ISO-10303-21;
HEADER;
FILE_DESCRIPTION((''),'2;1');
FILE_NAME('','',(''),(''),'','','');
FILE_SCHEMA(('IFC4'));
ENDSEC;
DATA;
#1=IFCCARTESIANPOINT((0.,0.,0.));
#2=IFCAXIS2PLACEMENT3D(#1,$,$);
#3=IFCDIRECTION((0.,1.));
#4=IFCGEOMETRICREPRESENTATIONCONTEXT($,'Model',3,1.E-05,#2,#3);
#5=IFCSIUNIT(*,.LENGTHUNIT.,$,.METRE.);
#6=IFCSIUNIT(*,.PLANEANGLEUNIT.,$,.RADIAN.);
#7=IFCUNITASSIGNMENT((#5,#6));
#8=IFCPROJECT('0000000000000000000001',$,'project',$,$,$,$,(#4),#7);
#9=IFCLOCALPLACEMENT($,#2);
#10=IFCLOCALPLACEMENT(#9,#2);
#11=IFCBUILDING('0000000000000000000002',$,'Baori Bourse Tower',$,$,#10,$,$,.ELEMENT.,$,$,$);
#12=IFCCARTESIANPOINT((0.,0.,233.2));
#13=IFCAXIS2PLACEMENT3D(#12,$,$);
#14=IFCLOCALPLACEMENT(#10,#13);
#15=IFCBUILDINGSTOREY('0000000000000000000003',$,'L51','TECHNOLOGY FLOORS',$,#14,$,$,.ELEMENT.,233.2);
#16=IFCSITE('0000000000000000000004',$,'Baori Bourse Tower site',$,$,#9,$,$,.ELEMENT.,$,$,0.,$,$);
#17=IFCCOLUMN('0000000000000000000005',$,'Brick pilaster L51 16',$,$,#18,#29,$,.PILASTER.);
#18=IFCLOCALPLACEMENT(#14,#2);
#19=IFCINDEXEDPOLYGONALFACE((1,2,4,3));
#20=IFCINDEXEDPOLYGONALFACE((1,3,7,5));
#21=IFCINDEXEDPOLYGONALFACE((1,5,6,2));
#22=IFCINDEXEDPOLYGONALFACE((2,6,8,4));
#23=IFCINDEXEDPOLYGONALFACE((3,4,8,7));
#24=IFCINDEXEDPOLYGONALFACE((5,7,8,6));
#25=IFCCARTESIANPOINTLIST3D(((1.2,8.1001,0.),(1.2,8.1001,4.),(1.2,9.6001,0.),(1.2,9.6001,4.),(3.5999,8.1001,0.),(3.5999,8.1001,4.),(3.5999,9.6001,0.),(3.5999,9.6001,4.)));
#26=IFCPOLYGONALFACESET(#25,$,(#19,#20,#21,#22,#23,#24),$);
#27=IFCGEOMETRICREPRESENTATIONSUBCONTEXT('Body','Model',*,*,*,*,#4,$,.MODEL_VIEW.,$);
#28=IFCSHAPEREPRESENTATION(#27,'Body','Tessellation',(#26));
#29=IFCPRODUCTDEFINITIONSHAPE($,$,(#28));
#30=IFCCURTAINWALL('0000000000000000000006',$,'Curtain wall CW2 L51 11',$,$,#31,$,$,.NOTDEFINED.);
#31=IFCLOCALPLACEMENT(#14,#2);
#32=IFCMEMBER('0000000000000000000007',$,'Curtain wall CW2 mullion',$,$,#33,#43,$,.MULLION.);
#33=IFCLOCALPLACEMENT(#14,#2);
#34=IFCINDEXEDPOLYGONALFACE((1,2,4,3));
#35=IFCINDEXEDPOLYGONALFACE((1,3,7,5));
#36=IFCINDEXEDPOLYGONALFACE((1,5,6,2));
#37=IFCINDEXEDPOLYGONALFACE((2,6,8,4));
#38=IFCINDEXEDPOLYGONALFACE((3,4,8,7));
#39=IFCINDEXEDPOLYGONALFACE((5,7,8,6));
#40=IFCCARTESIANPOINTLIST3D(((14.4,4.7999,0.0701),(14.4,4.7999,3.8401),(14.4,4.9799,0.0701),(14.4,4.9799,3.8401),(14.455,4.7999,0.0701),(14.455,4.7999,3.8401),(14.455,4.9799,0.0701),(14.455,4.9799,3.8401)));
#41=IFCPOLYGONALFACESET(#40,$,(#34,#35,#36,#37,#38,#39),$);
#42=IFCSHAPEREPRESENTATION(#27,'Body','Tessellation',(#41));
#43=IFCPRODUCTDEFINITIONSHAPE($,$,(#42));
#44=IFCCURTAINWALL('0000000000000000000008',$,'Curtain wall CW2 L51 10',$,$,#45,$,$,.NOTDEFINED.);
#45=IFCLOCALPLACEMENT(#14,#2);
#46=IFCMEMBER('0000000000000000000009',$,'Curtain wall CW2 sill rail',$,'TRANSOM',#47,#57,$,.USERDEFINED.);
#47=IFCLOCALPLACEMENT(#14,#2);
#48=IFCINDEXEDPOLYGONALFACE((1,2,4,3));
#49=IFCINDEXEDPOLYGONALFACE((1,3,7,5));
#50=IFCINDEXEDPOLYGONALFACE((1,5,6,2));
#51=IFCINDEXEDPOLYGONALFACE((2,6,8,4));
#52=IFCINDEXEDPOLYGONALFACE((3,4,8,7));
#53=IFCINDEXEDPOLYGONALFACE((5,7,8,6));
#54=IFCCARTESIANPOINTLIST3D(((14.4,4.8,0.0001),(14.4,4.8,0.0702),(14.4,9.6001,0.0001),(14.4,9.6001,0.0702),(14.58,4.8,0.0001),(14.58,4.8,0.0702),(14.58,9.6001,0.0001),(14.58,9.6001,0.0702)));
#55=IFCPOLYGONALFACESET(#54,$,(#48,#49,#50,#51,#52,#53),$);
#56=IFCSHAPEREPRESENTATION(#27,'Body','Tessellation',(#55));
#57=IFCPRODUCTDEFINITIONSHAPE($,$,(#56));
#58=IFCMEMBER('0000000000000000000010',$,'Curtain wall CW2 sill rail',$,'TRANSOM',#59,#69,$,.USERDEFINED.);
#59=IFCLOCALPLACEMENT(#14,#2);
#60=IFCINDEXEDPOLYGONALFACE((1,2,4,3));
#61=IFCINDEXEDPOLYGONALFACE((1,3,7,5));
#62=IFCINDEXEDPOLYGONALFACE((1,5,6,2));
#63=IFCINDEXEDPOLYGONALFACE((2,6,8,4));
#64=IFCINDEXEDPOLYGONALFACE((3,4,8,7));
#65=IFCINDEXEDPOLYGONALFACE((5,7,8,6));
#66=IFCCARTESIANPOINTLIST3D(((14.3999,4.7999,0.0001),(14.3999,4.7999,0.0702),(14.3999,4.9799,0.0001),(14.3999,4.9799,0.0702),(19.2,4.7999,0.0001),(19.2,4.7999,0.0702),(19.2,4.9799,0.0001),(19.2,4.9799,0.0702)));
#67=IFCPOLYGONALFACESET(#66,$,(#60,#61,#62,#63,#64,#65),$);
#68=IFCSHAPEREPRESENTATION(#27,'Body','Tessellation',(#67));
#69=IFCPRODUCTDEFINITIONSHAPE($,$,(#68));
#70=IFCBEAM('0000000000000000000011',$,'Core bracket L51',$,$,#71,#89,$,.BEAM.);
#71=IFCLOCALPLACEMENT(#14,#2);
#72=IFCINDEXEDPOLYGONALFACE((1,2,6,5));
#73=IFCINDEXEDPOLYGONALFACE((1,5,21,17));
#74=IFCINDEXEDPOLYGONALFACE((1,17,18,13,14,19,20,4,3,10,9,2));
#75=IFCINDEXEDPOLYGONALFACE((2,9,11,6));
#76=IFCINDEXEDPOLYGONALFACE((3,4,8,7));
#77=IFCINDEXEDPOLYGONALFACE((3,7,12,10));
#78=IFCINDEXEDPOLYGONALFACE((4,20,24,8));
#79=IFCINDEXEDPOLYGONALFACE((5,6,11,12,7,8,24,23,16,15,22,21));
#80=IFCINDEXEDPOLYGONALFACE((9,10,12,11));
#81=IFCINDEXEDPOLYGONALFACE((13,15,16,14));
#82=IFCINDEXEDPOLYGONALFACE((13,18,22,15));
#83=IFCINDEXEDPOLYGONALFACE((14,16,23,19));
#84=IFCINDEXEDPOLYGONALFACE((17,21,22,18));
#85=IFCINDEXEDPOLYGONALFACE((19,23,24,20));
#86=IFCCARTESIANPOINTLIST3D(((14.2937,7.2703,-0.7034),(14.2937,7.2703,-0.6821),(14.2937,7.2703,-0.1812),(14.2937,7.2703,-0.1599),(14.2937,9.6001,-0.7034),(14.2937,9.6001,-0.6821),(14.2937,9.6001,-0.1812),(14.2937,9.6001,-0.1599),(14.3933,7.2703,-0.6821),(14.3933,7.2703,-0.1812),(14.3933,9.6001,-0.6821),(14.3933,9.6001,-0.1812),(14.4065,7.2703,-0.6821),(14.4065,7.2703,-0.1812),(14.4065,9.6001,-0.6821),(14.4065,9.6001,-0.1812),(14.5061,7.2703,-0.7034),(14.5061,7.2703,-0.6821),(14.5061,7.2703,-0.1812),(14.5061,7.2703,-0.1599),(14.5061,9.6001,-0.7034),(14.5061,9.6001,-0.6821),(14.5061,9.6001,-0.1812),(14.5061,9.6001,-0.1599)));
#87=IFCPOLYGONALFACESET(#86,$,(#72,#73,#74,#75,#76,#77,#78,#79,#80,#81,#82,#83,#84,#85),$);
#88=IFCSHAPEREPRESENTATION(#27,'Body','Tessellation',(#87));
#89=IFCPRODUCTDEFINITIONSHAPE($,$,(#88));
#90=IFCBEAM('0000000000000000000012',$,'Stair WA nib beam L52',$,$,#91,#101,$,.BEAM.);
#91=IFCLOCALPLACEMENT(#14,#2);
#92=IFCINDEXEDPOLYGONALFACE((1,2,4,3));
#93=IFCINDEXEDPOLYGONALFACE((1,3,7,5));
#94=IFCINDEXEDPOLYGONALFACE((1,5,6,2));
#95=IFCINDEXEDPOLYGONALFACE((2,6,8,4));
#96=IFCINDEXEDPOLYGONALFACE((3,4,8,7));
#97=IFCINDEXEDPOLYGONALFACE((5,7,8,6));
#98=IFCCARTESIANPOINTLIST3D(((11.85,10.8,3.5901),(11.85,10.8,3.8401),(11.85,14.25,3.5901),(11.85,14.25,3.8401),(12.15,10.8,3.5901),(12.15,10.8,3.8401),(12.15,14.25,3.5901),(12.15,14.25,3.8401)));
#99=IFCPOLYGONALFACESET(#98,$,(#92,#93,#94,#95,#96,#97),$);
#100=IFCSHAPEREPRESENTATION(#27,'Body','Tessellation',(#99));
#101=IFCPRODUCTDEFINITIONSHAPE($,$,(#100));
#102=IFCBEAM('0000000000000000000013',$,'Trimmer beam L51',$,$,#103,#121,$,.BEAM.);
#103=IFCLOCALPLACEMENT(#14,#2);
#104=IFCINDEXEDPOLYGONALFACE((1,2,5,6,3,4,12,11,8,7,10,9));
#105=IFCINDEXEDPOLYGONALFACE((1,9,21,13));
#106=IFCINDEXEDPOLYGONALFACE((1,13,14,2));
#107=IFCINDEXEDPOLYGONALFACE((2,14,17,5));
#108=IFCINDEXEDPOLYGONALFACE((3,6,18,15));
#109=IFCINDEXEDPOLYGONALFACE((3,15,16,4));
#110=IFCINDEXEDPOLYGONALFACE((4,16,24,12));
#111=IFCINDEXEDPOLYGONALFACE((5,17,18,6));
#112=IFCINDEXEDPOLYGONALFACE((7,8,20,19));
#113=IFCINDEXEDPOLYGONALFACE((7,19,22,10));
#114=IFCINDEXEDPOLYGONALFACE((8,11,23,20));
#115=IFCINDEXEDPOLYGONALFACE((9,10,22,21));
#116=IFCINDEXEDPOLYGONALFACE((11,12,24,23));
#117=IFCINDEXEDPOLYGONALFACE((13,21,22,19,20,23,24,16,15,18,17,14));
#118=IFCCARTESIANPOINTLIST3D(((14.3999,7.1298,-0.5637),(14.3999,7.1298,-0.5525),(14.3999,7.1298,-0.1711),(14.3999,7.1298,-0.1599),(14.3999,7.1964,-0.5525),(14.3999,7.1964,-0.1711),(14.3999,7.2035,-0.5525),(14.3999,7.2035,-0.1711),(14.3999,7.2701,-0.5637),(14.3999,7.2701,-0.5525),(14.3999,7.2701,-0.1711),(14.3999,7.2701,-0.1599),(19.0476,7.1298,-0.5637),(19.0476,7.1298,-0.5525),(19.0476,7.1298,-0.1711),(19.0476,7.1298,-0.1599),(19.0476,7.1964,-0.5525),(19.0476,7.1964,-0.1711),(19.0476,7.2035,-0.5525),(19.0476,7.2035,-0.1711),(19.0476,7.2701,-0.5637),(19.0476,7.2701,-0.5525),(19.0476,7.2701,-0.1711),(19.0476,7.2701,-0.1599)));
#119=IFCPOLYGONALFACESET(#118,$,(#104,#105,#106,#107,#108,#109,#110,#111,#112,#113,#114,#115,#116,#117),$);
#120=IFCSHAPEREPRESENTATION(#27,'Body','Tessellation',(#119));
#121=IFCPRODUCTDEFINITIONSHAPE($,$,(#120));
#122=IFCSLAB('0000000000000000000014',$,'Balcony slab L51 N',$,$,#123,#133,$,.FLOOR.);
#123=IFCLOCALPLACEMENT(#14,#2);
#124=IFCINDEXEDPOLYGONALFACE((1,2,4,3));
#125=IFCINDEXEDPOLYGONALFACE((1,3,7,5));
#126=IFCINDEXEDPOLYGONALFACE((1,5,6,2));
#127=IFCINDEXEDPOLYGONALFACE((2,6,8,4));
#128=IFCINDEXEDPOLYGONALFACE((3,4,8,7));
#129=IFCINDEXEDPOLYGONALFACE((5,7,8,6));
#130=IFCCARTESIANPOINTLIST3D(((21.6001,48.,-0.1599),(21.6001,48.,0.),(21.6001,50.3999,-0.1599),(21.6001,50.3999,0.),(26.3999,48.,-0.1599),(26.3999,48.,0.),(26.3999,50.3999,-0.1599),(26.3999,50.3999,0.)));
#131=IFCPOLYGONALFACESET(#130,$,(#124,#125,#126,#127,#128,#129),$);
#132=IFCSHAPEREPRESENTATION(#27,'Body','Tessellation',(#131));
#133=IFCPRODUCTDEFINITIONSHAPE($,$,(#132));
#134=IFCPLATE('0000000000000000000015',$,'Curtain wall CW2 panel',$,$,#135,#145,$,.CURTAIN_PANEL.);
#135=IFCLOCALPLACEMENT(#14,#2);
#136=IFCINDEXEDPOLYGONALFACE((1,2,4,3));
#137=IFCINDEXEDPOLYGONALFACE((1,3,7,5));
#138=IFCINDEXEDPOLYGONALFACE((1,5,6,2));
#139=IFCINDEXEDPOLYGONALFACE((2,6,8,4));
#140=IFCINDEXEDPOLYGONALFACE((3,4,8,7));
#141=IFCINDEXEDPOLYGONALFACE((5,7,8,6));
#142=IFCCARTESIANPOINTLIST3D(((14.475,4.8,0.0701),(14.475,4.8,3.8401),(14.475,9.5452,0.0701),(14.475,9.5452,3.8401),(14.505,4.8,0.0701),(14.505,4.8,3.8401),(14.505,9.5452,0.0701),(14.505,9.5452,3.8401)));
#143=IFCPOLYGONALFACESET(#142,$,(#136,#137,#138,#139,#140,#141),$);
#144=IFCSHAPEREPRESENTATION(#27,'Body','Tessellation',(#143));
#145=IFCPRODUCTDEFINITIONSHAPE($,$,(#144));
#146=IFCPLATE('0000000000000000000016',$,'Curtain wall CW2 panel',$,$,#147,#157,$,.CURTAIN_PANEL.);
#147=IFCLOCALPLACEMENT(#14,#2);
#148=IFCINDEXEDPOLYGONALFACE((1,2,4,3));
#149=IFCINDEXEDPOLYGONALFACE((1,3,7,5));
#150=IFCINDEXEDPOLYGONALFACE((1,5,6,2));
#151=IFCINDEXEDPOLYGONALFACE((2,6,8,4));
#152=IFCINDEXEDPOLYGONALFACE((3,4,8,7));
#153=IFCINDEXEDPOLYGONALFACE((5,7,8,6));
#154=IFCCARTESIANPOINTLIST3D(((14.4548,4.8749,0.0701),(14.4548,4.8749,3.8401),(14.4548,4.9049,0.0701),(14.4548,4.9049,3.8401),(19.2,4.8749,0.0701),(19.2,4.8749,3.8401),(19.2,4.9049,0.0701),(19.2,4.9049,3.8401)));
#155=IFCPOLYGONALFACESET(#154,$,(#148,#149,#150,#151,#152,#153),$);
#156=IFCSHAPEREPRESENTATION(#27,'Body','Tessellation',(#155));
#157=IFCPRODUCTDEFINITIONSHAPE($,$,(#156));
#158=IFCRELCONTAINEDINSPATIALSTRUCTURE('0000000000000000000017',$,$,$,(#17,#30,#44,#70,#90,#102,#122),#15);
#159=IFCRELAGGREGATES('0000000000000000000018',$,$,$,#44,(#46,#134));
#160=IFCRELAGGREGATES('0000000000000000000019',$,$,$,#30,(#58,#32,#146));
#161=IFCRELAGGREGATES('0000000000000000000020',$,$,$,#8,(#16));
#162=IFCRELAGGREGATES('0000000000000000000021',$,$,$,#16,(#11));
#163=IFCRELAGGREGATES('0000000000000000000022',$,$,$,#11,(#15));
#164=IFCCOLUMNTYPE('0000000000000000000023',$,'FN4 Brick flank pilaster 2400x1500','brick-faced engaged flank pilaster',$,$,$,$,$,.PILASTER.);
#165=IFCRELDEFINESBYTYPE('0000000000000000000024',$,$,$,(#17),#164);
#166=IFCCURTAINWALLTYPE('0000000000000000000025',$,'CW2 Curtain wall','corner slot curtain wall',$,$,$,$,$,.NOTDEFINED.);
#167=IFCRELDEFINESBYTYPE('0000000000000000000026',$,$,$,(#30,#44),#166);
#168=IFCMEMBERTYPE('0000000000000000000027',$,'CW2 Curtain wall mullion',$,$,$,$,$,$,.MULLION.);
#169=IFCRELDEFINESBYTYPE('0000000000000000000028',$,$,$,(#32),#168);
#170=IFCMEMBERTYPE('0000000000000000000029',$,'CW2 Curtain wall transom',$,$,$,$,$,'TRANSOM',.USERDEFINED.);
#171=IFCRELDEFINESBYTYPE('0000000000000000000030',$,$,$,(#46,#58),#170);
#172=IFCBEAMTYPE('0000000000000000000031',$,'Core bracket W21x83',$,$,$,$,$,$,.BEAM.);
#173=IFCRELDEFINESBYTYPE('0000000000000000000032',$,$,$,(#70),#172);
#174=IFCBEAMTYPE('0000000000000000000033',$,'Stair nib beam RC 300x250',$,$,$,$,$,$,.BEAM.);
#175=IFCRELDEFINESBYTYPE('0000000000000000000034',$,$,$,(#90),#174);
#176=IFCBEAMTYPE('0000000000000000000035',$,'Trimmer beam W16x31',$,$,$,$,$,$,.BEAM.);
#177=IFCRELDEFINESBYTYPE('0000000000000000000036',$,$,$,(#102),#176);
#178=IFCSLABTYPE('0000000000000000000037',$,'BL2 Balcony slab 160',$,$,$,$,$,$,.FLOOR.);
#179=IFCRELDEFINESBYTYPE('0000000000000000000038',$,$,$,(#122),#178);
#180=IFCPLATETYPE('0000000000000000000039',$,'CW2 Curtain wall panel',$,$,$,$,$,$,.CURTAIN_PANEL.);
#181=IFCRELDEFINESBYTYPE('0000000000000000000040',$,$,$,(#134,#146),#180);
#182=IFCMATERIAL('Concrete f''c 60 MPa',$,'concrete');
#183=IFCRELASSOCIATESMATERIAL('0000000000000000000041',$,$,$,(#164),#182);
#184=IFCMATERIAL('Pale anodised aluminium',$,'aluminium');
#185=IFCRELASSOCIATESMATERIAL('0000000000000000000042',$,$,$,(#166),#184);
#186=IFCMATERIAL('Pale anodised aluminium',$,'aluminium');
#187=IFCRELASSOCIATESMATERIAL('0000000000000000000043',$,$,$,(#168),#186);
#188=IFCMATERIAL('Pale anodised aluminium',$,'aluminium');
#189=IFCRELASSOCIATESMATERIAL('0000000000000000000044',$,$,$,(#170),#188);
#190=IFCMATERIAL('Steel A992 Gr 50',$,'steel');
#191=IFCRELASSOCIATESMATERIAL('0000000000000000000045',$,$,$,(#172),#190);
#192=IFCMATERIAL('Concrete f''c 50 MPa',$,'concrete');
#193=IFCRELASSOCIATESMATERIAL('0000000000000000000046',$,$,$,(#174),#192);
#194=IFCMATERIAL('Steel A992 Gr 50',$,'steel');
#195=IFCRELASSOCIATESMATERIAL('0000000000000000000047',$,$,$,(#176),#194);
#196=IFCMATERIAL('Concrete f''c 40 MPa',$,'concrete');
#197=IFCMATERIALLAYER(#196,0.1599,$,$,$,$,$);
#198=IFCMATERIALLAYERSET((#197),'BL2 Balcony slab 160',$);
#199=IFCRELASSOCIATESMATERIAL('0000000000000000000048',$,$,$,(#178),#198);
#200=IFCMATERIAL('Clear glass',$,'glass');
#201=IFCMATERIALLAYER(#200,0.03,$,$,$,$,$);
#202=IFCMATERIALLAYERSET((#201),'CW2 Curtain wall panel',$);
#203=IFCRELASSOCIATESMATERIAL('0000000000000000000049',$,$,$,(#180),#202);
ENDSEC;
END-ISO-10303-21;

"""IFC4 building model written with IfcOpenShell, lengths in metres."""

from ifc_helpers import new_model, si_unit, direction, frame, origin, origin_2d, place, context, subcontext, project, spatial, polyline, rectangle, i_section, outline, extrude, material, layer, layer_set, material_profile, profile_set, type_object, element, aggregate, save


model = new_model("IFC4")

# Units and contexts
model_context = context("Model", 3, precision=1e-05, world=origin(), true_north=direction((0.0, 1.0)))
body_context = subcontext(model_context, "Body", "Model", "MODEL_VIEW")
ifc_project = project(units=[si_unit("LENGTHUNIT", "METRE"), si_unit("PLANEANGLEUNIT", "RADIAN")], contexts=[model_context])

# Site, building, storey
site_placement = place(None, origin())
site = spatial("IfcSite", under=ifc_project, at=site_placement, Name="Baori Bourse Tower site", CompositionType="ELEMENT", RefElevation=0.0)
building_placement = place(site_placement, origin())
building = spatial("IfcBuilding", under=site, at=building_placement, Name="Baori Bourse Tower", CompositionType="ELEMENT")
storey_placement = place(building_placement, frame((0.0, 0.0, 233.2)))
storey = spatial("IfcBuildingStorey", under=building, at=storey_placement, Name="L51", Description="TECHNOLOGY FLOORS", CompositionType="ELEMENT", Elevation=233.2)

# Column
ifc_material_1 = material(Name="Concrete f'c 60 MPa", Category="concrete")
ifc_material_profile_1 = material_profile(ifc_material_1, rectangle(XDim=2.3999, YDim=1.5, at=origin_2d()), Name="RC 2400x1500")
ifc_profile_set_1 = profile_set([ifc_material_profile_1], Name="Concrete f'c 60 MPa")
column_type = type_object("IfcColumnType", Name="FN4 Brick flank pilaster 2400x1500", Description="brick-faced engaged flank pilaster", PredefinedType="PILASTER", material=ifc_profile_set_1)
column_placement = place(storey_placement, frame((2.3999, 8.8501, 0.0), z_axis=(0.0, 0.0, 1.0), x_axis=(1.0, 0.0, 0.0)))
element("IfcColumn", 1, at=column_placement, inside=storey, type_object=column_type, Name="Brick pilaster L51 16", PredefinedType="PILASTER", context=body_context, shape_type="SweptSolid", body=[
    extrude(rectangle(XDim=2.3999, YDim=1.5, at=origin_2d()), origin(), (0.0, 0.0, 1.0), 4.0),
])

# Curtain walls, members
ifc_material_2 = material(Name="Pale anodised aluminium", Category="aluminium")
curtain_wall_type = type_object("IfcCurtainWallType", Name="CW2 Curtain wall", Description="corner slot curtain wall", PredefinedType="NOTDEFINED", material=ifc_material_2)
curtain_wall_1_placement = place(storey_placement, origin())
curtain_wall_1 = element("IfcCurtainWall", 2, at=curtain_wall_1_placement, inside=storey, type_object=curtain_wall_type, Name="Curtain wall CW2 L51 11", PredefinedType="NOTDEFINED")
ifc_material_3 = material(Name="Pale anodised aluminium", Category="aluminium")
ifc_material_profile_2 = material_profile(ifc_material_3, rectangle(XDim=0.1799, YDim=0.0549, at=origin_2d()), Name="Mullion 55x180")
ifc_profile_set_2 = profile_set([ifc_material_profile_2], Name="Pale anodised aluminium")
member_type_1 = type_object("IfcMemberType", Name="CW2 Curtain wall mullion", PredefinedType="MULLION", material=ifc_profile_set_2)
member_1_placement = place(storey_placement, frame((14.4275, 4.8899, 0.0701), z_axis=(0.0, 0.0, 1.0), x_axis=(0.0, 1.0, 0.0)))
member_1 = element("IfcMember", 3, at=member_1_placement, type_object=member_type_1, Name="Curtain wall CW2 mullion", PredefinedType="MULLION", context=body_context, shape_type="SweptSolid", body=[
    extrude(rectangle(XDim=0.1799, YDim=0.0549, at=origin_2d()), origin(), (0.0, 0.0, 1.0), 3.77),
])
curtain_wall_2_placement = place(storey_placement, origin())
curtain_wall_2 = element("IfcCurtainWall", 4, at=curtain_wall_2_placement, inside=storey, type_object=curtain_wall_type, Name="Curtain wall CW2 L51 10", PredefinedType="NOTDEFINED")
ifc_material_4 = material(Name="Pale anodised aluminium", Category="aluminium")
ifc_material_profile_3 = material_profile(ifc_material_4, rectangle(XDim=0.1799, YDim=0.0701, at=origin_2d()), Name="Transom 70x180")
ifc_profile_set_3 = profile_set([ifc_material_profile_3], Name="Pale anodised aluminium")
member_type_2 = type_object("IfcMemberType", Name="CW2 Curtain wall transom", ElementType="TRANSOM", PredefinedType="USERDEFINED", material=ifc_profile_set_3)
member_2_placement = place(storey_placement, frame((14.49, 9.6001, 0.0352), z_axis=(0.0, -1.0, 0.0), x_axis=(1.0, 0.0, 0.0)))
member_2 = element("IfcMember", 5, at=member_2_placement, type_object=member_type_2, Name="Curtain wall CW2 sill rail", ObjectType="TRANSOM", PredefinedType="USERDEFINED", context=body_context, shape_type="SweptSolid", body=[
    extrude(rectangle(XDim=0.1799, YDim=0.0701, at=origin_2d()), origin(), (0.0, 0.0, 1.0), 4.8),
])

# Member
member_3_placement = place(storey_placement, frame((14.3999, 4.8899, 0.0352), z_axis=(1.0, 0.0, 0.0), x_axis=(0.0, 1.0, 0.0)))
member_3 = element("IfcMember", 6, at=member_3_placement, type_object=member_type_2, Name="Curtain wall CW2 sill rail", ObjectType="TRANSOM", PredefinedType="USERDEFINED", context=body_context, shape_type="SweptSolid", body=[
    extrude(rectangle(XDim=0.1799, YDim=0.0701, at=origin_2d()), origin(), (0.0, 0.0, 1.0), 4.8),
])

# Beams
ifc_material_5 = material(Name="Steel A992 Gr 50", Category="steel")
ifc_material_profile_4 = material_profile(ifc_material_5, i_section(OverallWidth=0.2124, OverallDepth=0.5435, WebThickness=0.0132, FlangeThickness=0.0212, at=origin_2d()), Name="W21x83")
ifc_profile_set_4 = profile_set([ifc_material_profile_4], Name="Steel A992 Gr 50")
beam_type_1 = type_object("IfcBeamType", Name="Core bracket W21x83", PredefinedType="BEAM", material=ifc_profile_set_4)
beam_1_placement = place(storey_placement, frame((14.3999, 7.2703, -0.4316), z_axis=(0.0, 1.0, 0.0), x_axis=(-1.0, 0.0, 0.0)))
element("IfcBeam", 7, at=beam_1_placement, inside=storey, type_object=beam_type_1, Name="Core bracket L51", PredefinedType="BEAM", context=body_context, shape_type="SweptSolid", body=[
    extrude(i_section(OverallWidth=0.2124, OverallDepth=0.5435, WebThickness=0.0132, FlangeThickness=0.0212, at=origin_2d()), origin(), (0.0, 0.0, 1.0), 2.3298),
])
ifc_material_6 = material(Name="Concrete f'c 50 MPa", Category="concrete")
ifc_material_profile_5 = material_profile(ifc_material_6, rectangle(XDim=0.3, YDim=0.25, at=origin_2d()), Name="RC 300x250")
ifc_profile_set_5 = profile_set([ifc_material_profile_5], Name="Concrete f'c 50 MPa")
beam_type_2 = type_object("IfcBeamType", Name="Stair nib beam RC 300x250", PredefinedType="BEAM", material=ifc_profile_set_5)
beam_2_placement = place(storey_placement, frame((12.0, 10.8, 3.7151), z_axis=(0.0, 1.0, 0.0), x_axis=(-1.0, 0.0, 0.0)))
element("IfcBeam", 8, at=beam_2_placement, inside=storey, type_object=beam_type_2, Name="Stair WA nib beam L52", PredefinedType="BEAM", context=body_context, shape_type="SweptSolid", body=[
    extrude(rectangle(XDim=0.3, YDim=0.25, at=origin_2d()), origin(), (0.0, 0.0, 1.0), 3.45),
])
ifc_material_7 = material(Name="Steel A992 Gr 50", Category="steel")
ifc_material_profile_6 = material_profile(ifc_material_7, i_section(OverallWidth=0.1404, OverallDepth=0.4038, WebThickness=0.0071, FlangeThickness=0.0112, at=origin_2d()), Name="W16x31")
ifc_profile_set_6 = profile_set([ifc_material_profile_6], Name="Steel A992 Gr 50")
beam_type_3 = type_object("IfcBeamType", Name="Trimmer beam W16x31", PredefinedType="BEAM", material=ifc_profile_set_6)
beam_3_placement = place(storey_placement, frame((14.3999, 7.2, -0.3618), z_axis=(1.0, 0.0, 0.0), x_axis=(0.0, 1.0, 0.0)))
element("IfcBeam", 9, at=beam_3_placement, inside=storey, type_object=beam_type_3, Name="Trimmer beam L51", PredefinedType="BEAM", context=body_context, shape_type="SweptSolid", body=[
    extrude(i_section(OverallWidth=0.1404, OverallDepth=0.4038, WebThickness=0.0071, FlangeThickness=0.0112, at=origin_2d()), origin(), (0.0, 0.0, 1.0), 4.6477),
])

# Slab
ifc_material_8 = material(Name="Concrete f'c 40 MPa", Category="concrete")
ifc_layer_1 = layer(ifc_material_8, 0.1599)
ifc_layer_set_1 = layer_set([ifc_layer_1], Name="BL2 Balcony slab 160")
slab_type = type_object("IfcSlabType", Name="BL2 Balcony slab 160", PredefinedType="FLOOR", material=ifc_layer_set_1)
slab_placement = place(storey_placement, frame((0.0, 0.0, -0.1599)))
element("IfcSlab", 10, at=slab_placement, inside=storey, type_object=slab_type, Name="Balcony slab L51 N", PredefinedType="FLOOR", context=body_context, shape_type="SweptSolid", body=[
    extrude(outline(polyline([(21.6001, 48.0), (26.3999, 48.0), (26.3999, 50.3999), (21.6001, 50.3999), (21.6001, 48.0)])), origin(), (0.0, 0.0, 1.0), 0.1599),
])

# Plates
ifc_material_9 = material(Name="Clear glass", Category="glass")
ifc_layer_2 = layer(ifc_material_9, 0.03)
ifc_layer_set_2 = layer_set([ifc_layer_2], Name="CW2 Curtain wall panel")
plate_type = type_object("IfcPlateType", Name="CW2 Curtain wall panel", PredefinedType="CURTAIN_PANEL", material=ifc_layer_set_2)
plate_1_placement = place(storey_placement, frame((14.49, 7.1726, 0.0701), z_axis=(0.0, 0.0, 1.0), x_axis=(0.0, -1.0, 0.0)))
plate_1 = element("IfcPlate", 11, at=plate_1_placement, type_object=plate_type, Name="Curtain wall CW2 panel", PredefinedType="CURTAIN_PANEL", context=body_context, shape_type="SweptSolid", body=[
    extrude(rectangle(XDim=4.7451, YDim=0.03, at=origin_2d()), origin(), (0.0, 0.0, 1.0), 3.77),
])
aggregate(curtain_wall_2, [member_2, plate_1])
plate_2_placement = place(storey_placement, frame((16.8274, 4.8899, 0.0701), z_axis=(0.0, 0.0, 1.0), x_axis=(1.0, 0.0, 0.0)))
plate_2 = element("IfcPlate", 12, at=plate_2_placement, type_object=plate_type, Name="Curtain wall CW2 panel", PredefinedType="CURTAIN_PANEL", context=body_context, shape_type="SweptSolid", body=[
    extrude(rectangle(XDim=4.7451, YDim=0.03, at=origin_2d()), origin(), (0.0, 0.0, 1.0), 3.77),
])
aggregate(curtain_wall_1, [member_3, member_1, plate_2])

save(model, "model.ifc")
